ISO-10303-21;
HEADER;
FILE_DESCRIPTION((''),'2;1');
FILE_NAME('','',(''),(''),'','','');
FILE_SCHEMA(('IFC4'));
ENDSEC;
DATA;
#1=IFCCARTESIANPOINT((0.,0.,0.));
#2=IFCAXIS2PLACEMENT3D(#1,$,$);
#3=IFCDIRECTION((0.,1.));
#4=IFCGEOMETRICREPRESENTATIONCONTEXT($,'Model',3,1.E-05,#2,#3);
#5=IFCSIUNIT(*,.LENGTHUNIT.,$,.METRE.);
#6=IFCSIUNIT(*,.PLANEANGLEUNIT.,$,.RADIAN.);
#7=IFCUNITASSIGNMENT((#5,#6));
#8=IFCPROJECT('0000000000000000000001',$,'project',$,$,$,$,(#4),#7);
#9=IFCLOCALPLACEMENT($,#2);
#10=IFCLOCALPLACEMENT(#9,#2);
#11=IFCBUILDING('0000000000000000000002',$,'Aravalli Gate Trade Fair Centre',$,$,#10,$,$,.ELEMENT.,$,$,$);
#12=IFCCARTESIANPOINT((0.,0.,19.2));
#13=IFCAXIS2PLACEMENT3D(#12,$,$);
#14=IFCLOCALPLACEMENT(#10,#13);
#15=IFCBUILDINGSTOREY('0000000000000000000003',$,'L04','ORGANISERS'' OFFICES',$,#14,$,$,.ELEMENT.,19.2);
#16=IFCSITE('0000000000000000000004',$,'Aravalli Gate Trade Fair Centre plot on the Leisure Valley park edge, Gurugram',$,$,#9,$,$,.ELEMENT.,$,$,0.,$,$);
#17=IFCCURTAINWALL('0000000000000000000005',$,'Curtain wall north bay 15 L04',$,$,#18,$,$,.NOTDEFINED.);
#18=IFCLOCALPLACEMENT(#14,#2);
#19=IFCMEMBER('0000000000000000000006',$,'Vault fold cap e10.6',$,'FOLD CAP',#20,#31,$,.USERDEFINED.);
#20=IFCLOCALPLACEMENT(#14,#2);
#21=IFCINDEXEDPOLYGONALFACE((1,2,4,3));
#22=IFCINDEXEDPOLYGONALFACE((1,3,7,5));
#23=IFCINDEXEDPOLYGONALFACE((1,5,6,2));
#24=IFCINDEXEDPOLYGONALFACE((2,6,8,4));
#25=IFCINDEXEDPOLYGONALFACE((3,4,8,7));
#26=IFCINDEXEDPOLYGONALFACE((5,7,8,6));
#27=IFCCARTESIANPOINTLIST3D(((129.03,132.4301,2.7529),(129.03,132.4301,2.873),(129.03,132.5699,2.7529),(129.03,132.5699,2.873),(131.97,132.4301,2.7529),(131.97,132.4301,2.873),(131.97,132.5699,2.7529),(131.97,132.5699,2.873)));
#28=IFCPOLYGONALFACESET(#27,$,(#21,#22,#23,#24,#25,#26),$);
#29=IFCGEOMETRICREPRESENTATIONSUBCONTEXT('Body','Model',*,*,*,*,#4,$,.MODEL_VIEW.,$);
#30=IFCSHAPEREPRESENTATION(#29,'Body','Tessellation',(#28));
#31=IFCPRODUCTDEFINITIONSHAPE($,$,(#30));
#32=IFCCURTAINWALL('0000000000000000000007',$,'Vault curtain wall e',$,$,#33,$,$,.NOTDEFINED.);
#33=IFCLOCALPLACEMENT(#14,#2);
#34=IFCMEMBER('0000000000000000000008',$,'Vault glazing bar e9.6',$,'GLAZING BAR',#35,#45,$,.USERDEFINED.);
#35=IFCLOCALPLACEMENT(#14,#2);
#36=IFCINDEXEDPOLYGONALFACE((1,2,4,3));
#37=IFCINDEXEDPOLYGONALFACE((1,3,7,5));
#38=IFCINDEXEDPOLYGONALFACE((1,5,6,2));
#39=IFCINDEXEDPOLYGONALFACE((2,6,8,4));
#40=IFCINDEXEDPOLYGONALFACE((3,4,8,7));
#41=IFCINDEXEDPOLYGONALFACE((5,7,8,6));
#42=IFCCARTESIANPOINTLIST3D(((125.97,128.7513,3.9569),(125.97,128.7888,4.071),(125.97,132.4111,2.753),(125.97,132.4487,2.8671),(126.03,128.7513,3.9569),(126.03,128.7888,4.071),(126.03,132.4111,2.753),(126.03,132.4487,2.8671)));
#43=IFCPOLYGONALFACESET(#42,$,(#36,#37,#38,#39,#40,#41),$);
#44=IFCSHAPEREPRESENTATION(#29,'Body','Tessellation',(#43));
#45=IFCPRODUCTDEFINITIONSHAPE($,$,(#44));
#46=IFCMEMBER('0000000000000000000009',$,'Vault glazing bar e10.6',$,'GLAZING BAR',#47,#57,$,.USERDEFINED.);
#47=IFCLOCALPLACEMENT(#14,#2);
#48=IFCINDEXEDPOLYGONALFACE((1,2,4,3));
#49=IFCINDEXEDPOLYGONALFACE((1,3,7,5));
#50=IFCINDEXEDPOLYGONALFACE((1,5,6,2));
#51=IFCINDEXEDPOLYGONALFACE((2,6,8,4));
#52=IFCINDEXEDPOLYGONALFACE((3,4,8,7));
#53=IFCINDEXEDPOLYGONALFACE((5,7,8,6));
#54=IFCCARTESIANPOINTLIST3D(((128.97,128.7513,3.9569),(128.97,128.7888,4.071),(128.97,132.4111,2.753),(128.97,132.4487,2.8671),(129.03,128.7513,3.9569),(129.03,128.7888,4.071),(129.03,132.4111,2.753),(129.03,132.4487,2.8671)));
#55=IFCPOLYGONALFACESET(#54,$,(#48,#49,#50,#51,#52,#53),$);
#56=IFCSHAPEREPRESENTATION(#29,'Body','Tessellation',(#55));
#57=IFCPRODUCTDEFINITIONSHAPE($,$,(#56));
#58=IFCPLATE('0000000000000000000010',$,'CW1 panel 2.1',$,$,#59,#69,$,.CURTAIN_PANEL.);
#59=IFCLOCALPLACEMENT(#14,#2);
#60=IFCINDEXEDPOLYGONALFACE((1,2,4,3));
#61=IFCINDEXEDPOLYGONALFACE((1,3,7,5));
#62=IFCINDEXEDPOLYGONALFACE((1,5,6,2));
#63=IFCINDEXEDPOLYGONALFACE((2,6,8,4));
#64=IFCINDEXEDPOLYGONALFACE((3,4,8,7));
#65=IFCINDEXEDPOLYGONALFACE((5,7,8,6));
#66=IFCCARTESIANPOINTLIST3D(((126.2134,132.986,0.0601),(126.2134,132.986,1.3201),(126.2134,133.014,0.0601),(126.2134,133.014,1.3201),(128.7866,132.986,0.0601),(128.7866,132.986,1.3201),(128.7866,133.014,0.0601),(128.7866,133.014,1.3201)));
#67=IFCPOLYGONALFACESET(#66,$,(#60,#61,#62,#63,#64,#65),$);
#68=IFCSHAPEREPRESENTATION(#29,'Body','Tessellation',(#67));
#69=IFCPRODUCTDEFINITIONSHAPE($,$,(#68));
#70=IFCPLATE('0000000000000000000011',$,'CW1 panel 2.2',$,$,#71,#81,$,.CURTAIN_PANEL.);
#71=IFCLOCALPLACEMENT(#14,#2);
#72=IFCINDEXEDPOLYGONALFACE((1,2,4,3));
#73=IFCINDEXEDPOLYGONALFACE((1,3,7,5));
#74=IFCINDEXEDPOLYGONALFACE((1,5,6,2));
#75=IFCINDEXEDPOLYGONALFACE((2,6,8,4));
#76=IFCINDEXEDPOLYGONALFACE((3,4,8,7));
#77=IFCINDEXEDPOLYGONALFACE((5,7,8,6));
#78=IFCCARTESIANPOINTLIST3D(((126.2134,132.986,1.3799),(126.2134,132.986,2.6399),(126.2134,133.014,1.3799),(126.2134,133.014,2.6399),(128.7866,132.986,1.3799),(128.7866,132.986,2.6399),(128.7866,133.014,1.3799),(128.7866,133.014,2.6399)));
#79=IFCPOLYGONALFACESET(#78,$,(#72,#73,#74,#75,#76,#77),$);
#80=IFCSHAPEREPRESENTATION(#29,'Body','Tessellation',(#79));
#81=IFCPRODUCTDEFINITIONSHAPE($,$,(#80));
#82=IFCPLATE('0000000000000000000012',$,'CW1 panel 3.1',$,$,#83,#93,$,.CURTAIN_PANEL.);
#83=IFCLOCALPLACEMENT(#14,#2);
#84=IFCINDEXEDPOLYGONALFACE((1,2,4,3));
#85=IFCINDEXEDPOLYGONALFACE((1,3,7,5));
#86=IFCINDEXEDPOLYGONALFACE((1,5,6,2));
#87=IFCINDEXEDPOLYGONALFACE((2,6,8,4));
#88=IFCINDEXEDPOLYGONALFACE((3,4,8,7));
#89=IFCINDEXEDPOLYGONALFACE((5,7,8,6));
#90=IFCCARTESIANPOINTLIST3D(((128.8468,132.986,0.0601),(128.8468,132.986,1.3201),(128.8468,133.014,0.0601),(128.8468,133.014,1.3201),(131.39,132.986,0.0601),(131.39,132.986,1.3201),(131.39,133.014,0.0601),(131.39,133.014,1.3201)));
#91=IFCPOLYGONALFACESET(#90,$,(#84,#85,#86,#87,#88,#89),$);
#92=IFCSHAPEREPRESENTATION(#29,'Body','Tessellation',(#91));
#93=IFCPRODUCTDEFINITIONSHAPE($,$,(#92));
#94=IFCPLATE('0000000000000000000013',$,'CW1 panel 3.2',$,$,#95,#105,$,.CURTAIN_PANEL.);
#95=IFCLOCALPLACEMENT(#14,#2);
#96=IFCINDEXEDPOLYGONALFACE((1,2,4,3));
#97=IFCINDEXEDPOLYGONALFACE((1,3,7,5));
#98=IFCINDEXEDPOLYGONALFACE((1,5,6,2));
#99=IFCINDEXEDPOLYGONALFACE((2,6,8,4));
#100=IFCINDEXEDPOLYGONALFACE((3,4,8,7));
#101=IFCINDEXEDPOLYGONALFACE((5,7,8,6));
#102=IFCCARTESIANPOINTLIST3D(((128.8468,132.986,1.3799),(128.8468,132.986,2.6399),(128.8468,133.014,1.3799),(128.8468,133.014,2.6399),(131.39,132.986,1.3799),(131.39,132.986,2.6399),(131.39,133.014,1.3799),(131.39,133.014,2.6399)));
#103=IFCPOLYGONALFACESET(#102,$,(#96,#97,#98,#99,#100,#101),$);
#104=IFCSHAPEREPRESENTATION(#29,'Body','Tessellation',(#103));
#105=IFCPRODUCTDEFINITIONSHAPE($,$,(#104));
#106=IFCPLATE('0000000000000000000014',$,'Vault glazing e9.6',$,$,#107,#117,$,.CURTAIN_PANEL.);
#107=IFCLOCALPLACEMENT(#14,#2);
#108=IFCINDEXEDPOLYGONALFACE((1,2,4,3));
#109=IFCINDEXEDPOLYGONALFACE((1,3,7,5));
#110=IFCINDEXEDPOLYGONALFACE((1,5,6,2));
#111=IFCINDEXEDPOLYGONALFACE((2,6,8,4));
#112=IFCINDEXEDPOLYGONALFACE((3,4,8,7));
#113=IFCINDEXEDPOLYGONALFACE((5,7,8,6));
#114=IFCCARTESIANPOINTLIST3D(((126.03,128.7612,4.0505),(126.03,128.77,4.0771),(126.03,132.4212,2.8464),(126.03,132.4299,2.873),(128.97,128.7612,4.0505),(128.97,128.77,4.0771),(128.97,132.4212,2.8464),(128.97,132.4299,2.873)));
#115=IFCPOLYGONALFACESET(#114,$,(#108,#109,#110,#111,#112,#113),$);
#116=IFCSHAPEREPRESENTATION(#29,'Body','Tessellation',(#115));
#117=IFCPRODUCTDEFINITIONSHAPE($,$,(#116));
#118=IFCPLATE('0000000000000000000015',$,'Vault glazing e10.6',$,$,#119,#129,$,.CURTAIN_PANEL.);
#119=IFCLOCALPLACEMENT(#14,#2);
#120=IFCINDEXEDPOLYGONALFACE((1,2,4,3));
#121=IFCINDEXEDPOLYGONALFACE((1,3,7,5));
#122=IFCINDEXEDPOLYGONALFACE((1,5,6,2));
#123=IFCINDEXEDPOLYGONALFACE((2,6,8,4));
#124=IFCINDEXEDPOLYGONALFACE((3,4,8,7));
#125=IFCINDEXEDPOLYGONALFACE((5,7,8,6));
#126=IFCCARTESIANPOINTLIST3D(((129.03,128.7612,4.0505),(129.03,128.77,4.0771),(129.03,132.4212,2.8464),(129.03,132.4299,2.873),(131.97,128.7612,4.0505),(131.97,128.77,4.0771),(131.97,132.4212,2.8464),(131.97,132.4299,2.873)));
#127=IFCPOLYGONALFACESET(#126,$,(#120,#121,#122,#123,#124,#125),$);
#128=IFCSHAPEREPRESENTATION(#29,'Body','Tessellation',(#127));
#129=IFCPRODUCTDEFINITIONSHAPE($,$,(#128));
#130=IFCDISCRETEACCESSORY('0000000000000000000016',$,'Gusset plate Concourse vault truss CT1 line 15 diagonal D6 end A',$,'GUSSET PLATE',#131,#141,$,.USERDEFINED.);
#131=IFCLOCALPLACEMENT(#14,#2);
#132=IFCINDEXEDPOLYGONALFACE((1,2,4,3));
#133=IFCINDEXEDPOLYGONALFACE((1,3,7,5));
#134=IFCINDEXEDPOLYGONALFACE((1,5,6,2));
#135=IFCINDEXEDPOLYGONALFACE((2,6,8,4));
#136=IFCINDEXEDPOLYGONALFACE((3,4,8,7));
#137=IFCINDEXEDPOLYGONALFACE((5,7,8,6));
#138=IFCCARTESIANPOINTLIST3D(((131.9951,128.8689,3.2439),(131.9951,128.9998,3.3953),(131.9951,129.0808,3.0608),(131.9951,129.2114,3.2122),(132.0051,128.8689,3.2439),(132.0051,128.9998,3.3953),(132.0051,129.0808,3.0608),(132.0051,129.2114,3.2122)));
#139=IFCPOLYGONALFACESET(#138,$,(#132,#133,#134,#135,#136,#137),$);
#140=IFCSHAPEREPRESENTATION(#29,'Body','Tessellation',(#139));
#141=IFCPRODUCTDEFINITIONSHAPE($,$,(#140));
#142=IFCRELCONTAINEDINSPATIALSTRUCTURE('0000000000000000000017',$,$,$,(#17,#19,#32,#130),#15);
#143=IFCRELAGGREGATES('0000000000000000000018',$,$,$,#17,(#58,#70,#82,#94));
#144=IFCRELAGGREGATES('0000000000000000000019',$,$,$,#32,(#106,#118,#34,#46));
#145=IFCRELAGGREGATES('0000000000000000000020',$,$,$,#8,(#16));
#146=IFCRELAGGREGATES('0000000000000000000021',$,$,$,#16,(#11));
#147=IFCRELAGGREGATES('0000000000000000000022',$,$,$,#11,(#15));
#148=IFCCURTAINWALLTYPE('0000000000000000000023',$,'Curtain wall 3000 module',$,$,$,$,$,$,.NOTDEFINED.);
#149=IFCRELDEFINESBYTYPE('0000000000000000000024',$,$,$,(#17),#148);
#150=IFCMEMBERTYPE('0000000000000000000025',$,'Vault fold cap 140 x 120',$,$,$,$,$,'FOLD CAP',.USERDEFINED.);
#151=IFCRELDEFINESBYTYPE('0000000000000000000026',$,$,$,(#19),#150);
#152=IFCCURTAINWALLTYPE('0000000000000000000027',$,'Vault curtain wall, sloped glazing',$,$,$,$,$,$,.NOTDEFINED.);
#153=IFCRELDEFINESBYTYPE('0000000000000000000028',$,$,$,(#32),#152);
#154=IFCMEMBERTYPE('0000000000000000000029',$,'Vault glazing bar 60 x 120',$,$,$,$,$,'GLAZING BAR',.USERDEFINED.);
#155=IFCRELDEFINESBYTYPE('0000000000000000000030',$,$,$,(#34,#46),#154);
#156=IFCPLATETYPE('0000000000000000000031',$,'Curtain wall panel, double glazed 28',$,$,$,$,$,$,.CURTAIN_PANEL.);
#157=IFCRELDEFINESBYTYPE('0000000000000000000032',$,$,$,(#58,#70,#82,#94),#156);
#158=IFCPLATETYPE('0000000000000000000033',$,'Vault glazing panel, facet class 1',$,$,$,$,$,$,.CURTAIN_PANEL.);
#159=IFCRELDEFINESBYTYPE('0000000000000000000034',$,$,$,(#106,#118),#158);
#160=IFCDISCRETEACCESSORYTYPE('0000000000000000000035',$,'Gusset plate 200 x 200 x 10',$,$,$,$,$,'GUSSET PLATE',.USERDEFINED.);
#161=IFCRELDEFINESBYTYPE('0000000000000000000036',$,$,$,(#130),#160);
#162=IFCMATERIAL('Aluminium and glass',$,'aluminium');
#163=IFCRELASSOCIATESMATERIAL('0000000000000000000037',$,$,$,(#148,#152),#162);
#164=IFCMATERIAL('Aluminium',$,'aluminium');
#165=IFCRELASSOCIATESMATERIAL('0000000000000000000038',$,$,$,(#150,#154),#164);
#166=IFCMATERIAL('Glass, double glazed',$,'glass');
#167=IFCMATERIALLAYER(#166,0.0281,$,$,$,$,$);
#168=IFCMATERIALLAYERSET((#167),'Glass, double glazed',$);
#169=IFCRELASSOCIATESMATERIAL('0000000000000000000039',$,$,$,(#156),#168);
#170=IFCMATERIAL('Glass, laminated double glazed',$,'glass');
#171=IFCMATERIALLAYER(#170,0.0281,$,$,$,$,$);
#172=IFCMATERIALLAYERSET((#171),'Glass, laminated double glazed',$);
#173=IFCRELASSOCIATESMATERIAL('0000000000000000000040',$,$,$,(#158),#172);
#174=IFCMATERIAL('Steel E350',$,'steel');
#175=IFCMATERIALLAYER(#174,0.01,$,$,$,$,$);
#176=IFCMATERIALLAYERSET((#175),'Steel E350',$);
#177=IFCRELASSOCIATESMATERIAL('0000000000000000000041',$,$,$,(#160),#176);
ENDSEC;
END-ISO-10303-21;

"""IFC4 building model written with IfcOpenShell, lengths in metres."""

from ifc_helpers import new_model, si_unit, direction, frame, origin, origin_2d, place, context, subcontext, project, spatial, polyline, rectangle, outline, extrude, material, layer, layer_set, material_profile, profile_set, type_object, element, aggregate, save


model = new_model("IFC4")

# Units and contexts
model_context = context("Model", 3, precision=1e-05, world=origin(), true_north=direction((0.0, 1.0)))
body_context = subcontext(model_context, "Body", "Model", "MODEL_VIEW")
ifc_project = project(units=[si_unit("LENGTHUNIT", "METRE"), si_unit("PLANEANGLEUNIT", "RADIAN")], contexts=[model_context])

# Site, building, storey
site_placement = place(None, origin())
site = spatial("IfcSite", under=ifc_project, at=site_placement, Name="Aravalli Gate Trade Fair Centre plot on the Leisure Valley park edge, Gurugram", CompositionType="ELEMENT", RefElevation=0.0)
building_placement = place(site_placement, origin())
building = spatial("IfcBuilding", under=site, at=building_placement, Name="Aravalli Gate Trade Fair Centre", CompositionType="ELEMENT")
storey_placement = place(building_placement, frame((0.0, 0.0, 19.2)))
storey = spatial("IfcBuildingStorey", under=building, at=storey_placement, Name="L04", Description="ORGANISERS' OFFICES", CompositionType="ELEMENT", Elevation=19.2)

# Curtain wall
ifc_material_1 = material(Name="Aluminium and glass", Category="aluminium")
curtain_wall_type_1 = type_object("IfcCurtainWallType", Name="Curtain wall 3000 module", PredefinedType="NOTDEFINED", material=ifc_material_1)
curtain_wall_1_placement = place(storey_placement, origin())
curtain_wall_1 = element("IfcCurtainWall", 1, at=curtain_wall_1_placement, inside=storey, type_object=curtain_wall_type_1, Name="Curtain wall north bay 15 L04", PredefinedType="NOTDEFINED")
ifc_material_2 = material(Name="Aluminium", Category="aluminium")

# Member
ifc_material_3 = material(Name="Steel E350", Category="steel")
ifc_material_profile_1 = material_profile(ifc_material_2, rectangle(XDim=0.1399, YDim=0.1201, at=origin_2d()), Name="Vault fold cap 140 x 120")
ifc_profile_set_1 = profile_set([ifc_material_profile_1], Name="Aluminium")
member_type_1 = type_object("IfcMemberType", Name="Vault fold cap 140 x 120", ElementType="FOLD CAP", PredefinedType="USERDEFINED", material=ifc_profile_set_1)
for number, where, z_axis, x_axis, name in (
    (2, (129.03, 132.5, 2.813), (1.0, 0.0, 0.0), (0.0, 1.0, 0.0), "Vault fold cap e10.6"),
):
    element("IfcMember", number, at=place(storey_placement, frame(where, z_axis=z_axis, x_axis=x_axis)), inside=storey, type_object=member_type_1, Name=name, ObjectType="FOLD CAP", PredefinedType="USERDEFINED", context=body_context, shape_type="SweptSolid", body=[
        extrude(rectangle(XDim=0.1399, YDim=0.1201, at=origin_2d()), origin(), (0.0, 0.0, 1.0), 2.9399),
    ])

# Curtain wall, members
curtain_wall_type_2 = type_object("IfcCurtainWallType", Name="Vault curtain wall, sloped glazing", PredefinedType="NOTDEFINED", material=ifc_material_1)
curtain_wall_2_placement = place(storey_placement, origin())
curtain_wall_2 = element("IfcCurtainWall", 3, at=curtain_wall_2_placement, inside=storey, type_object=curtain_wall_type_2, Name="Vault curtain wall e", PredefinedType="NOTDEFINED")
ifc_material_profile_2 = material_profile(ifc_material_2, rectangle(XDim=0.0601, YDim=0.1201, at=origin_2d()), Name="Vault glazing bar 60 x 120")
ifc_profile_set_2 = profile_set([ifc_material_profile_2], Name="Aluminium")
member_type_2 = type_object("IfcMemberType", Name="Vault glazing bar 60 x 120", ElementType="GLAZING BAR", PredefinedType="USERDEFINED", material=ifc_profile_set_2)
member_1_placement = place(storey_placement, frame((126.0, 128.77, 4.0139), z_axis=(0.0, 0.94993, -0.312461), x_axis=(-1.0, 0.0, 0.0)))
member_1 = element("IfcMember", 4, at=member_1_placement, type_object=member_type_2, Name="Vault glazing bar e9.6", ObjectType="GLAZING BAR", PredefinedType="USERDEFINED", context=body_context, shape_type="SweptSolid", body=[
    extrude(rectangle(XDim=0.0601, YDim=0.1201, at=origin_2d()), origin(), (0.0, 0.0, 1.0), 3.8528),
])
member_2_placement = place(storey_placement, frame((129.0, 128.77, 4.0139), z_axis=(0.0, 0.94993, -0.312461), x_axis=(-1.0, 0.0, 0.0)))
member_2 = element("IfcMember", 5, at=member_2_placement, type_object=member_type_2, Name="Vault glazing bar e10.6", ObjectType="GLAZING BAR", PredefinedType="USERDEFINED", context=body_context, shape_type="SweptSolid", body=[
    extrude(rectangle(XDim=0.0601, YDim=0.1201, at=origin_2d()), origin(), (0.0, 0.0, 1.0), 3.8528),
])

# Plates
ifc_material_4 = material(Name="Glass, double glazed", Category="glass")
ifc_layer_1 = layer(ifc_material_4, 0.0281)
ifc_layer_set_1 = layer_set([ifc_layer_1], Name="Glass, double glazed")
plate_type_1 = type_object("IfcPlateType", Name="Curtain wall panel, double glazed 28", PredefinedType="CURTAIN_PANEL", material=ifc_layer_set_1)
plate_1_placement = place(storey_placement, frame((127.5, 133.0, 0.0601), z_axis=(0.0, 0.0, 1.0), x_axis=(1.0, 0.0, 0.0)))
plate_1 = element("IfcPlate", 6, at=plate_1_placement, type_object=plate_type_1, Name="CW1 panel 2.1", PredefinedType="CURTAIN_PANEL", context=body_context, shape_type="SweptSolid", body=[
    extrude(rectangle(XDim=2.5732, YDim=0.0281, at=origin_2d()), origin(), (0.0, 0.0, 1.0), 1.26),
])
plate_2_placement = place(storey_placement, frame((127.5, 133.0, 1.3799), z_axis=(0.0, 0.0, 1.0), x_axis=(1.0, 0.0, 0.0)))
plate_2 = element("IfcPlate", 7, at=plate_2_placement, type_object=plate_type_1, Name="CW1 panel 2.2", PredefinedType="CURTAIN_PANEL", context=body_context, shape_type="SweptSolid", body=[
    extrude(rectangle(XDim=2.5732, YDim=0.0281, at=origin_2d()), origin(), (0.0, 0.0, 1.0), 1.26),
])
plate_3_placement = place(storey_placement, frame((130.1184, 133.0, 0.0601), z_axis=(0.0, 0.0, 1.0), x_axis=(1.0, 0.0, 0.0)))
plate_3 = element("IfcPlate", 8, at=plate_3_placement, type_object=plate_type_1, Name="CW1 panel 3.1", PredefinedType="CURTAIN_PANEL", context=body_context, shape_type="SweptSolid", body=[
    extrude(rectangle(XDim=2.5432, YDim=0.0281, at=origin_2d()), origin(), (0.0, 0.0, 1.0), 1.26),
])
plate_4_placement = place(storey_placement, frame((130.1184, 133.0, 1.3799), z_axis=(0.0, 0.0, 1.0), x_axis=(1.0, 0.0, 0.0)))
plate_4 = element("IfcPlate", 9, at=plate_4_placement, type_object=plate_type_1, Name="CW1 panel 3.2", PredefinedType="CURTAIN_PANEL", context=body_context, shape_type="SweptSolid", body=[
    extrude(rectangle(XDim=2.5432, YDim=0.0281, at=origin_2d()), origin(), (0.0, 0.0, 1.0), 1.26),
])
aggregate(curtain_wall_1, [plate_1, plate_2, plate_3, plate_4])
ifc_material_5 = material(Name="Glass, laminated double glazed", Category="glass")
ifc_layer_2 = layer(ifc_material_5, 0.0281)
ifc_layer_set_2 = layer_set([ifc_layer_2], Name="Glass, laminated double glazed")
plate_type_2 = type_object("IfcPlateType", Name="Vault glazing panel, facet class 1", PredefinedType="CURTAIN_PANEL", material=ifc_layer_set_2)
plate_5_placement = place(storey_placement, frame((126.03, 128.77, 4.0771), z_axis=(0.0, 0.312518, 0.949912), x_axis=(1.0, 0.0, 0.0)))
plate_5 = element("IfcPlate", 10, at=plate_5_placement, type_object=plate_type_2, Name="Vault glazing e9.6", PredefinedType="CURTAIN_PANEL", context=body_context, shape_type="SweptSolid", body=[
    extrude(outline(polyline([(0.0, 0.0), (2.9399, 0.0), (2.9399, 3.8529), (0.0, 3.8529), (0.0, 0.0)])), origin(), (0.0, 0.0, -1.0), 0.0281),
])
plate_6_placement = place(storey_placement, frame((129.03, 128.77, 4.0771), z_axis=(0.0, 0.312518, 0.949912), x_axis=(1.0, 0.0, 0.0)))
plate_6 = element("IfcPlate", 11, at=plate_6_placement, type_object=plate_type_2, Name="Vault glazing e10.6", PredefinedType="CURTAIN_PANEL", context=body_context, shape_type="SweptSolid", body=[
    extrude(outline(polyline([(0.0, 0.0), (2.9399, 0.0), (2.9399, 3.8529), (0.0, 3.8529), (0.0, 0.0)])), origin(), (0.0, 0.0, -1.0), 0.0281),
])
aggregate(curtain_wall_2, [plate_5, plate_6, member_1, member_2])

# Discrete accessory
ifc_layer_3 = layer(ifc_material_3, 0.01)
ifc_layer_set_3 = layer_set([ifc_layer_3], Name="Steel E350")
discrete_accessory_type = type_object("IfcDiscreteAccessoryType", Name="Gusset plate 200 x 200 x 10", ElementType="GUSSET PLATE", PredefinedType="USERDEFINED", material=ifc_layer_set_3)
discrete_accessory_placement = place(storey_placement, frame((131.9951, 129.0808, 3.0608), z_axis=(-1.0, 0.0, 0.0), x_axis=(0.0, -0.756666, 0.653801)))
element("IfcDiscreteAccessory", 12, at=discrete_accessory_placement, inside=storey, type_object=discrete_accessory_type, Name="Gusset plate Concourse vault truss CT1 line 15 diagonal D6 end A", ObjectType="GUSSET PLATE", PredefinedType="USERDEFINED", context=body_context, shape_type="SweptSolid", body=[
    extrude(outline(polyline([(0.0, 0.0), (0.2801, 0.0), (0.28, 0.2001), (0.0001, 0.1999), (0.0, 0.0)])), origin(), (0.0, 0.0, -1.0), 0.01),
])

save(model, "model.ifc")
